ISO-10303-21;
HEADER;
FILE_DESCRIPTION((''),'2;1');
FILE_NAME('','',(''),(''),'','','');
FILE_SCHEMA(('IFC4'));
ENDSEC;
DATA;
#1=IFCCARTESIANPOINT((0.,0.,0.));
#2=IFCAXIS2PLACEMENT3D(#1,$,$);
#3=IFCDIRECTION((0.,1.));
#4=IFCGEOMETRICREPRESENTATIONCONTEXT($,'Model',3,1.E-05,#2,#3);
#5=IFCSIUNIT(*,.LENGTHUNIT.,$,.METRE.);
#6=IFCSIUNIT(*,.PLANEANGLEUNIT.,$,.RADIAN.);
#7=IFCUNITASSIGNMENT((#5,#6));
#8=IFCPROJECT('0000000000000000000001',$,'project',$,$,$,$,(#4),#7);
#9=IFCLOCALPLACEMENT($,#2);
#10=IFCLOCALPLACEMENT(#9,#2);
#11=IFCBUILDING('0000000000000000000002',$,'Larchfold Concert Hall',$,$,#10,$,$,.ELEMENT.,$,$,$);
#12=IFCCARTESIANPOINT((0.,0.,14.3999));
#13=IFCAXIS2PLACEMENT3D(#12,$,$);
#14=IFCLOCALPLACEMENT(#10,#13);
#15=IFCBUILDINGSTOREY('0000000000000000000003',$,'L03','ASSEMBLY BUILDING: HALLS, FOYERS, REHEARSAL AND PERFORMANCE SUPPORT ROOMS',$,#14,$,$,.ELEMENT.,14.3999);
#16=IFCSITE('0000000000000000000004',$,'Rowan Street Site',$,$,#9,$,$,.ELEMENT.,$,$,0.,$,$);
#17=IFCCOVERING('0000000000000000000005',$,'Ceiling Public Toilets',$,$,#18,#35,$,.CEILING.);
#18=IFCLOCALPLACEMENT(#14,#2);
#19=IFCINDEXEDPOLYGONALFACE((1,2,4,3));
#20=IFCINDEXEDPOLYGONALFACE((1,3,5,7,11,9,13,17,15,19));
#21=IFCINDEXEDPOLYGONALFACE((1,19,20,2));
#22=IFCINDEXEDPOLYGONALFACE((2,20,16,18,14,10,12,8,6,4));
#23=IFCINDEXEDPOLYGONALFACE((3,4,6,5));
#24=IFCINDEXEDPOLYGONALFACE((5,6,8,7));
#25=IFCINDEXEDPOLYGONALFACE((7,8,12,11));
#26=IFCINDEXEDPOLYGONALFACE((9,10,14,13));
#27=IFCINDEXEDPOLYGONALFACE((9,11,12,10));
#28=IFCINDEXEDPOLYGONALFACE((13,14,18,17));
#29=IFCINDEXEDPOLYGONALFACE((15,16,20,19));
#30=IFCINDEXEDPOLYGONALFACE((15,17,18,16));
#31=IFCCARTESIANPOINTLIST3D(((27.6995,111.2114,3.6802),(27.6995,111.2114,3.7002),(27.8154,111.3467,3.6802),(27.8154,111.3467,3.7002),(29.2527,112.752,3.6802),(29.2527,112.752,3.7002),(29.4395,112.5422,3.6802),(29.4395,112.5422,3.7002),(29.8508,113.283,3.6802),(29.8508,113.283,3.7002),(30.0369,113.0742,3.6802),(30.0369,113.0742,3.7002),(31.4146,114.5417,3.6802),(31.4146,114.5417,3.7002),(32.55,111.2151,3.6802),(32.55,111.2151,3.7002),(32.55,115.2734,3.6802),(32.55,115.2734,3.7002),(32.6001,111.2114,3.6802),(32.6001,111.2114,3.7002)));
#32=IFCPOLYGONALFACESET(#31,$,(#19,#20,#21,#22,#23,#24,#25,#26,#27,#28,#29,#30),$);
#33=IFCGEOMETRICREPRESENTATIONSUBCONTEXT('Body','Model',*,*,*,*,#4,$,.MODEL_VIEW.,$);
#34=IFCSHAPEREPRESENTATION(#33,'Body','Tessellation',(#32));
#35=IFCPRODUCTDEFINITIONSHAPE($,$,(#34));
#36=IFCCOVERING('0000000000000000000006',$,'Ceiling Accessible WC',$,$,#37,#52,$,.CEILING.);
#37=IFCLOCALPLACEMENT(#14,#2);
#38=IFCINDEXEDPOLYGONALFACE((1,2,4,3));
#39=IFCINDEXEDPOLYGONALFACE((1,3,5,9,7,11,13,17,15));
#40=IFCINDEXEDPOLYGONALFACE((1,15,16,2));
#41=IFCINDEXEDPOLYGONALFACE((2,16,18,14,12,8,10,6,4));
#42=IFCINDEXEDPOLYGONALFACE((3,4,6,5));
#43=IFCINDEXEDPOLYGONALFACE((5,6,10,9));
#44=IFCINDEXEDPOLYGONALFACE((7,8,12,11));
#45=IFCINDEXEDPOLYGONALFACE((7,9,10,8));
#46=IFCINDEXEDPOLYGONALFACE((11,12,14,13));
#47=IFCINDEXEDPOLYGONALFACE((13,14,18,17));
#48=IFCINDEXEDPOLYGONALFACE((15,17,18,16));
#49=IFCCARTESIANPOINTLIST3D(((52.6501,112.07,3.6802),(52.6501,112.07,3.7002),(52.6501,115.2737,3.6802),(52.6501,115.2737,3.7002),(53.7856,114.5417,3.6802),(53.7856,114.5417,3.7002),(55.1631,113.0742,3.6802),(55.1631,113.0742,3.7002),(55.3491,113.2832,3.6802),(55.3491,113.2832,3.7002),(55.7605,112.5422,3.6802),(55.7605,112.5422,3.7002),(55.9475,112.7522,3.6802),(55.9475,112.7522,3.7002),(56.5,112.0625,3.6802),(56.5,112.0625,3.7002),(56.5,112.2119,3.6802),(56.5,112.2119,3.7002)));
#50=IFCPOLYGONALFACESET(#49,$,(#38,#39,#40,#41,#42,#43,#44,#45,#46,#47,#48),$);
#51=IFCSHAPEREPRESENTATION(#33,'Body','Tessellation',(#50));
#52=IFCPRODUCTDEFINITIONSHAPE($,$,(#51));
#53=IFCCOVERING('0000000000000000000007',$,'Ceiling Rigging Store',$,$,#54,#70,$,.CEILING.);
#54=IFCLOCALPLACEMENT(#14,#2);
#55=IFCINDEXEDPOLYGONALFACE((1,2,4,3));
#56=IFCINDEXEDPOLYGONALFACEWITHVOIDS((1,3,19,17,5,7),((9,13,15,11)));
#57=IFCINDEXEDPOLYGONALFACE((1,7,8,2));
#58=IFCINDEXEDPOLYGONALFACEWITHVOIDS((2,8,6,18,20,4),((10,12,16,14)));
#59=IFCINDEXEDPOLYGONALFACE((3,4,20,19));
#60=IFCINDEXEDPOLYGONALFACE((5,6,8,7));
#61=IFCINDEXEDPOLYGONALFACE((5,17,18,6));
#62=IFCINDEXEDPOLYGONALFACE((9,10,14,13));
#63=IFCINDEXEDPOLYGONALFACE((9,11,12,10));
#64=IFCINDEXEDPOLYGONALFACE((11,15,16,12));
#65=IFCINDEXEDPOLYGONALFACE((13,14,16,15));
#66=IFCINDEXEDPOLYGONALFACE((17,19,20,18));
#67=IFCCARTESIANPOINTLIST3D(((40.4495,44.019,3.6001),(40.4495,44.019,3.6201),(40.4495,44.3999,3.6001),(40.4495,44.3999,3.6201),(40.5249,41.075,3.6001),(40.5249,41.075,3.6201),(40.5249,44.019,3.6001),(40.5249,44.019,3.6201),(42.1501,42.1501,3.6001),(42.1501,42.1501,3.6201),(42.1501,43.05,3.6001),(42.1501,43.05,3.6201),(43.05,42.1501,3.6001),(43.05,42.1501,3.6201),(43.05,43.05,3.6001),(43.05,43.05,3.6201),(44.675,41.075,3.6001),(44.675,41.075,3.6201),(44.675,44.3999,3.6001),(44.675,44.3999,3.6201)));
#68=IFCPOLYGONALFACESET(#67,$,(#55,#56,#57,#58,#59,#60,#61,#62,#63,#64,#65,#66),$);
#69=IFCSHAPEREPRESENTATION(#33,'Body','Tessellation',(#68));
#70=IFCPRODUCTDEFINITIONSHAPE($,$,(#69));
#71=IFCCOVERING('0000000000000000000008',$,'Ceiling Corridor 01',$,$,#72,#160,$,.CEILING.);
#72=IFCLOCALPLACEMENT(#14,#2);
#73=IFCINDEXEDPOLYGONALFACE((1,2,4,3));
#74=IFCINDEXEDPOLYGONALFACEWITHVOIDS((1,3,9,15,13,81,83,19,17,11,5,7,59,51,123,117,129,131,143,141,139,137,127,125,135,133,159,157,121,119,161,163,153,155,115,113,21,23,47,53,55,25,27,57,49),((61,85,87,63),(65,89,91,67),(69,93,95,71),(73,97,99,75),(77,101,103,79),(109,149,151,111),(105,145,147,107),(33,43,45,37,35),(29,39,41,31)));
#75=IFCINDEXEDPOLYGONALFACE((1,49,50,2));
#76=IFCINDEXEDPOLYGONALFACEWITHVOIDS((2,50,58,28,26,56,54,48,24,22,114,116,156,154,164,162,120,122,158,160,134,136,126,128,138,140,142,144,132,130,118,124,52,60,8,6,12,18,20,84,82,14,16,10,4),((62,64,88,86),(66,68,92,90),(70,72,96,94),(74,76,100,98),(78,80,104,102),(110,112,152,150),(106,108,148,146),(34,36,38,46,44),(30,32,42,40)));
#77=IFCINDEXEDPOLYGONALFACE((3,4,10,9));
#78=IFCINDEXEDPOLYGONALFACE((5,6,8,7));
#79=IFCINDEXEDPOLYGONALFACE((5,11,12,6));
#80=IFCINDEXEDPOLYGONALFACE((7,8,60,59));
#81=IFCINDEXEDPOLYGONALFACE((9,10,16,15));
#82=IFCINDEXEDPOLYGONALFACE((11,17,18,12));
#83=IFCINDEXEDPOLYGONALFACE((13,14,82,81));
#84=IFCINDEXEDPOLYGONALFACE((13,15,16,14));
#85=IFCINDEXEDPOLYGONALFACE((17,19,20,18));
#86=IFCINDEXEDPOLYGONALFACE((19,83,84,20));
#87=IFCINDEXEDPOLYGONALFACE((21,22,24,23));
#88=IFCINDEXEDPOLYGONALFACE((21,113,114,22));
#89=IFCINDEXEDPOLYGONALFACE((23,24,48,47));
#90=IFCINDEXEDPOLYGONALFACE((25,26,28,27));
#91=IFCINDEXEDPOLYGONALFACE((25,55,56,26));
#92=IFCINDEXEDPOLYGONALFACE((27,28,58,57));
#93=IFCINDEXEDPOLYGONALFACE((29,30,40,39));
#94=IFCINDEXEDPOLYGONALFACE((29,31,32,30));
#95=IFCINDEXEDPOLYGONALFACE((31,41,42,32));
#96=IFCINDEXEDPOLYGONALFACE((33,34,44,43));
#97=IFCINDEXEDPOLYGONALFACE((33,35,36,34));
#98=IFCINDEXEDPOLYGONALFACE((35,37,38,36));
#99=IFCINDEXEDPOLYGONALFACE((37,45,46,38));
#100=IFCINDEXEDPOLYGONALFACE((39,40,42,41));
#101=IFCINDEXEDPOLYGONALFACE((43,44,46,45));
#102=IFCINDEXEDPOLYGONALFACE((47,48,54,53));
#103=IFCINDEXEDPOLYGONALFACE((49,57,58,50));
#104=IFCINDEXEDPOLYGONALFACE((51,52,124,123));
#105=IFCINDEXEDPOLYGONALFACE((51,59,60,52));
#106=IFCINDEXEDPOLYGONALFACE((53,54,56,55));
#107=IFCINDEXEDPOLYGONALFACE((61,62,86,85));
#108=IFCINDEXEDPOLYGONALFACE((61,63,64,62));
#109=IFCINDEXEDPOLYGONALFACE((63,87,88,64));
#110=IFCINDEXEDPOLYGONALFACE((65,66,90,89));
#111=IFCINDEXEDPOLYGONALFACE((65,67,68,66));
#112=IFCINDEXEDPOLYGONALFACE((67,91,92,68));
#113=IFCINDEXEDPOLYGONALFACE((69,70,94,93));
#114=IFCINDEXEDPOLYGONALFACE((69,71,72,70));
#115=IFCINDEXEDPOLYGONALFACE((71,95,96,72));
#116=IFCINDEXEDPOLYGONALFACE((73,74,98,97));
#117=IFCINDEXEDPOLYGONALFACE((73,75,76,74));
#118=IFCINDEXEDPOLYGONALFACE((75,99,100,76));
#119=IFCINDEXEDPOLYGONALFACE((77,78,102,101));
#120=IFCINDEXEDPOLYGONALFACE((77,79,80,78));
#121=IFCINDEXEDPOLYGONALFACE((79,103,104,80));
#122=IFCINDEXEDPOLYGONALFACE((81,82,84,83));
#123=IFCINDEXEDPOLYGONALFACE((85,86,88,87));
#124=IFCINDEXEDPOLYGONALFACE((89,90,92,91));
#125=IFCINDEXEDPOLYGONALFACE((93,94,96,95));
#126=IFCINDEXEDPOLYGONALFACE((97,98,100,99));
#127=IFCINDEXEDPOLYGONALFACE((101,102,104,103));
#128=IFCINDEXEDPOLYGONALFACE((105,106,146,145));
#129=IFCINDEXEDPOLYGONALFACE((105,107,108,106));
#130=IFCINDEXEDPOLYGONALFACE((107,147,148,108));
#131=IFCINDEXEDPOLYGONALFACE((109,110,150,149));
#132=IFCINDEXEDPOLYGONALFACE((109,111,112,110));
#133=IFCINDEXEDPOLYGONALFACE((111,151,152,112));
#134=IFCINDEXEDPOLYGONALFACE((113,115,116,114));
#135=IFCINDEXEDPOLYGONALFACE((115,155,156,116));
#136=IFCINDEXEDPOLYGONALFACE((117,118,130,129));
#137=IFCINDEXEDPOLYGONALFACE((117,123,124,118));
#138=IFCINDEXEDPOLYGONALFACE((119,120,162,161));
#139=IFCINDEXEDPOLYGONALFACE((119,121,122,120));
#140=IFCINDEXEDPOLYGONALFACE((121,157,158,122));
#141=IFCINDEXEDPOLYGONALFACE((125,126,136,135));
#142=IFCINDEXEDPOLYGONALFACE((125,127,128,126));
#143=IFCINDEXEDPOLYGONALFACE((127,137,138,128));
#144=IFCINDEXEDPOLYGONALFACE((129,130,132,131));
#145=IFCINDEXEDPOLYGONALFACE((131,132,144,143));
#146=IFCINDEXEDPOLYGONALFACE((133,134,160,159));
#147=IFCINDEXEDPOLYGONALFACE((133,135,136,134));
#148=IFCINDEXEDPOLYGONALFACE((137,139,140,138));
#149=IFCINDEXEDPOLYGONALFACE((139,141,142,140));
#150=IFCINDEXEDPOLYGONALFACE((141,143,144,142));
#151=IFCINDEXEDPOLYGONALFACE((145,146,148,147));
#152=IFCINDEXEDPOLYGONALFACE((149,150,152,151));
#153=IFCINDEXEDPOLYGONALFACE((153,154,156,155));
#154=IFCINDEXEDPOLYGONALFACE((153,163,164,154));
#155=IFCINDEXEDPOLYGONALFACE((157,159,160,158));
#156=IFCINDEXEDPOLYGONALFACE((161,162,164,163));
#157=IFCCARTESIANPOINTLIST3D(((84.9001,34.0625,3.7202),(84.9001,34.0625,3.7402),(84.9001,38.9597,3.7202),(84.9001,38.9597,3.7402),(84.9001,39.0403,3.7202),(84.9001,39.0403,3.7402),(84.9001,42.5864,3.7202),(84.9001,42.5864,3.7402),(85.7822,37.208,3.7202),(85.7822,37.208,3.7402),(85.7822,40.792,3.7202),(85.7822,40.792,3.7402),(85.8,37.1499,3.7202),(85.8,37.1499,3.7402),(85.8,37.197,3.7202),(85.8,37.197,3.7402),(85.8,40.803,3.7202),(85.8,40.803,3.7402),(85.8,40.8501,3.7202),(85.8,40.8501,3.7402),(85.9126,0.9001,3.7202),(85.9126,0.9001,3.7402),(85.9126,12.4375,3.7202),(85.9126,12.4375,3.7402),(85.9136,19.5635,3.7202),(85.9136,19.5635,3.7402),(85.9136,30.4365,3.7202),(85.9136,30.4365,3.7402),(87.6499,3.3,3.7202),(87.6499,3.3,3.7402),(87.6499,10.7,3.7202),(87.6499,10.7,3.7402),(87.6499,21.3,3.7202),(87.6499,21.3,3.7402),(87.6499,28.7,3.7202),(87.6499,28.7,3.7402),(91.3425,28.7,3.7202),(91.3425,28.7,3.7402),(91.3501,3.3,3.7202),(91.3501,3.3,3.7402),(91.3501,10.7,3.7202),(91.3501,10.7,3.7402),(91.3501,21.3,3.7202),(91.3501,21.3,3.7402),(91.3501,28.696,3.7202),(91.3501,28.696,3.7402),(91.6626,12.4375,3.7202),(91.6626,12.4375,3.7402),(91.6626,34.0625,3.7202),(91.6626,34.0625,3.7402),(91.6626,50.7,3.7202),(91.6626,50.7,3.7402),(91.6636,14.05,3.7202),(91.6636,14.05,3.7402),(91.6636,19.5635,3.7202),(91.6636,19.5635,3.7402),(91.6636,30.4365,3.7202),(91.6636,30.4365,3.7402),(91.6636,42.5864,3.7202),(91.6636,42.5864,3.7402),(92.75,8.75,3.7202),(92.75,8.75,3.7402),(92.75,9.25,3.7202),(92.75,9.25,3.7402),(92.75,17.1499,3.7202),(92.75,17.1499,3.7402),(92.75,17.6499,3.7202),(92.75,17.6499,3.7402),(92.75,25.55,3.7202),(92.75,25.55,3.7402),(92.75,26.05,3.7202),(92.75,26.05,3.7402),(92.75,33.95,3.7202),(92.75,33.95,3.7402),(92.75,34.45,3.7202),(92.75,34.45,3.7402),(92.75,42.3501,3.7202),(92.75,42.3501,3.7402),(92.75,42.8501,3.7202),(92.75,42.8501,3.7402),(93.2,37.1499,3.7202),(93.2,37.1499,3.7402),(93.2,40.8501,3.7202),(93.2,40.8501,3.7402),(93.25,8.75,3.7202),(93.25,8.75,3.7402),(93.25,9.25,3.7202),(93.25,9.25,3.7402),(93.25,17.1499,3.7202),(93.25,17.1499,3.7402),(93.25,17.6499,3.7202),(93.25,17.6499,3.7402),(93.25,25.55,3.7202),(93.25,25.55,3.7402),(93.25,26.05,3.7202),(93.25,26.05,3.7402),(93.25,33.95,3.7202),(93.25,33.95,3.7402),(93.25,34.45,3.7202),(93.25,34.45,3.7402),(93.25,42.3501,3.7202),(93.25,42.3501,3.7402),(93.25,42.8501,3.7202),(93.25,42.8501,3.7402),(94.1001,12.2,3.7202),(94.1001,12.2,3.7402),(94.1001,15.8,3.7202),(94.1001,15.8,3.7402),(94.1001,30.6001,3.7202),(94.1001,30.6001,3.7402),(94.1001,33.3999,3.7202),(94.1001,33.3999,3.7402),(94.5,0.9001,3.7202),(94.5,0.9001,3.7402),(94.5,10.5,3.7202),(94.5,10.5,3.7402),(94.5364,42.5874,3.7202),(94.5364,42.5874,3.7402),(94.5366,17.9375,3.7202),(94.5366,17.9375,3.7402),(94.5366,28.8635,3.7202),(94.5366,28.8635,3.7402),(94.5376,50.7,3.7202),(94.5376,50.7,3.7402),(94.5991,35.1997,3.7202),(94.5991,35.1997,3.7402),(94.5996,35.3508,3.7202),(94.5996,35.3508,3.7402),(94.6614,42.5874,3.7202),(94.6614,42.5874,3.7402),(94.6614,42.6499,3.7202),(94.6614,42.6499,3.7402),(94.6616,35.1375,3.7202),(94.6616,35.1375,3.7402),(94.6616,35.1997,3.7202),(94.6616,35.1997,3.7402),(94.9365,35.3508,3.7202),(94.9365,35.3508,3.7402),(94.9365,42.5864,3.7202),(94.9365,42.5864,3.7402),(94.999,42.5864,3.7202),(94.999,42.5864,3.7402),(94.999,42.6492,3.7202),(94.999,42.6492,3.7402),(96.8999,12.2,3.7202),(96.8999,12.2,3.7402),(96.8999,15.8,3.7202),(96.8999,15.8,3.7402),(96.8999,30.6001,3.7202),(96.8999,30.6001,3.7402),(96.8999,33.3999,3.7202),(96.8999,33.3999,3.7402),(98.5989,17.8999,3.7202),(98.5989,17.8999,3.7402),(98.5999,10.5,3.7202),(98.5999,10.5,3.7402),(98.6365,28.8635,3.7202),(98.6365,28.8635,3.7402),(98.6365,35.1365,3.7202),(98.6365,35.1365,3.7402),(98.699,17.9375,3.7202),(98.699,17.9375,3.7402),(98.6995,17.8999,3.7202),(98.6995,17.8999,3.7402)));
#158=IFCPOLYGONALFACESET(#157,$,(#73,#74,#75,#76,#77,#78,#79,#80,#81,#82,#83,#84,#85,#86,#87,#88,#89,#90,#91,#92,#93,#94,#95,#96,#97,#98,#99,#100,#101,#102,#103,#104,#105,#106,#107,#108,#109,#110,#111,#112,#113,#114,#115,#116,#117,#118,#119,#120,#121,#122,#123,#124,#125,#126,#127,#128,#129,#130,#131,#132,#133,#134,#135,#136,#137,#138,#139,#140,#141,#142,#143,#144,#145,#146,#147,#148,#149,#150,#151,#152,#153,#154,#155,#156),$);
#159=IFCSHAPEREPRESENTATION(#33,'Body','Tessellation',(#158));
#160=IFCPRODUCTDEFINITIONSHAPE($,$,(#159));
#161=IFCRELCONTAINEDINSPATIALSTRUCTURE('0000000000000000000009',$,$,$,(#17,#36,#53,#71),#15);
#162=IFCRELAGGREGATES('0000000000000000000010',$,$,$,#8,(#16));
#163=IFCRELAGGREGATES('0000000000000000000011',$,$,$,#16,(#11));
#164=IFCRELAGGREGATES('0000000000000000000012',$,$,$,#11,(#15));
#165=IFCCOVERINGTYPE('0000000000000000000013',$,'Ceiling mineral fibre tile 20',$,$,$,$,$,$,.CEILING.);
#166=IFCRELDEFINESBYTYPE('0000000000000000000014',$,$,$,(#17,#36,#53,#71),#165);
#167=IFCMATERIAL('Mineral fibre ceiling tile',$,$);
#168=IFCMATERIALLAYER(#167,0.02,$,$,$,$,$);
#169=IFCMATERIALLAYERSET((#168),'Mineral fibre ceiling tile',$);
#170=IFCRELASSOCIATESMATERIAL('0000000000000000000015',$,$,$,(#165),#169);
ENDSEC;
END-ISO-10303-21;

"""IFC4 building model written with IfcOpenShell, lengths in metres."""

from ifc_helpers import new_model, si_unit, direction, frame, origin, place, context, subcontext, project, spatial, polyline, outline, extrude, material, layer, layer_set, type_object, element, save


model = new_model("IFC4")

# Units and contexts
model_context = context("Model", 3, precision=1e-05, world=origin(), true_north=direction((0.0, 1.0)))
body_context = subcontext(model_context, "Body", "Model", "MODEL_VIEW")
ifc_project = project(units=[si_unit("LENGTHUNIT", "METRE"), si_unit("PLANEANGLEUNIT", "RADIAN")], contexts=[model_context])

# Site, building, storey
site_placement = place(None, origin())
site = spatial("IfcSite", under=ifc_project, at=site_placement, Name="Rowan Street Site", CompositionType="ELEMENT", RefElevation=0.0)
building_placement = place(site_placement, origin())
building = spatial("IfcBuilding", under=site, at=building_placement, Name="Larchfold Concert Hall", CompositionType="ELEMENT")
storey_placement = place(building_placement, frame((0.0, 0.0, 14.3999)))
storey = spatial("IfcBuildingStorey", under=building, at=storey_placement, Name="L03", Description="ASSEMBLY BUILDING: HALLS, FOYERS, REHEARSAL AND PERFORMANCE SUPPORT ROOMS", CompositionType="ELEMENT", Elevation=14.3999)

# Coverings
ifc_material_1 = material(Name="Mineral fibre ceiling tile")
ifc_layer_1 = layer(ifc_material_1, 0.02)
ifc_layer_set_1 = layer_set([ifc_layer_1], Name="Mineral fibre ceiling tile")
covering_type_1 = type_object("IfcCoveringType", Name="Ceiling mineral fibre tile 20", PredefinedType="CEILING", material=ifc_layer_set_1)
covering_1_placement = place(storey_placement, frame((0.0, 0.0, 3.6802)))
element("IfcCovering", 1, at=covering_1_placement, inside=storey, type_object=covering_type_1, Name="Ceiling Public Toilets", PredefinedType="CEILING", context=body_context, shape_type="SweptSolid", body=[
    extrude(outline(polyline([(27.8154, 111.3467), (27.6995, 111.2114), (32.6001, 111.2114), (32.55, 111.2151), (32.55, 115.2734), (31.4146, 114.5417), (29.8508, 113.283), (30.0369, 113.0742), (29.4395, 112.5422), (29.2527, 112.752), (27.8154, 111.3467)])), origin(), (0.0, 0.0, 1.0), 0.02),
])
covering_2_placement = place(storey_placement, frame((0.0, 0.0, 3.6802)))
element("IfcCovering", 2, at=covering_2_placement, inside=storey, type_object=covering_type_1, Name="Ceiling Accessible WC", PredefinedType="CEILING", context=body_context, shape_type="SweptSolid", body=[
    extrude(outline(polyline([(52.6001, 112.0701), (56.5, 112.0625), (56.5, 112.2119), (55.9475, 112.7522), (55.7605, 112.5422), (55.1631, 113.0742), (55.3491, 113.2832), (53.7856, 114.5417), (52.6501, 115.2737), (52.6501, 112.0701), (52.6001, 112.0701)])), origin(), (0.0, 0.0, 1.0), 0.02),
])
covering_3_placement = place(storey_placement, frame((0.0, 0.0, 3.6001)))
element("IfcCovering", 3, at=covering_3_placement, inside=storey, type_object=covering_type_1, Name="Ceiling Rigging Store", PredefinedType="CEILING", context=body_context, shape_type="SweptSolid", body=[
    extrude(outline(polyline([(40.4495, 44.3999), (40.4495, 44.019), (40.5249, 44.019), (40.5249, 41.075), (44.675, 41.075), (44.675, 44.3999), (40.4495, 44.3999)]), holes=[polyline([(43.05, 43.05), (43.05, 42.1501), (42.1501, 42.1501), (42.1501, 43.05), (43.05, 43.05)])]), origin(), (0.0, 0.0, 1.0), 0.02),
])
covering_4_placement = place(storey_placement, frame((0.0, 0.0, 3.7202)))
element("IfcCovering", 4, at=covering_4_placement, inside=storey, type_object=covering_type_1, Name="Ceiling Corridor 01", PredefinedType="CEILING", context=body_context, shape_type="SweptSolid", body=[
    extrude(outline(polyline([(85.7822, 37.208), (84.9001, 38.9597), (84.9001, 34.0625), (91.6626, 34.0625), (91.6636, 30.4365), (85.9136, 30.4365), (85.9136, 19.5635), (91.6636, 19.5635), (91.6636, 14.05), (91.6626, 12.4375), (85.9126, 12.4375), (85.9126, 0.9001), (94.5, 0.9001), (94.5, 10.5), (98.5999, 10.5), (98.5989, 17.8999), (98.6995, 17.8999), (98.699, 17.9375), (94.5366, 17.9375), (94.5366, 28.8635), (98.6365, 28.8635), (98.6365, 35.1365), (98.699, 35.1365), (94.6616, 35.1375), (94.6616, 35.1997), (94.5991, 35.1997), (94.5996, 35.3508), (94.9365, 35.3508), (94.9365, 42.5864), (94.999, 42.5864), (94.999, 42.6492), (94.6614, 42.6499), (94.6614, 42.5874), (94.5364, 42.5874), (94.5376, 50.7), (91.6626, 50.7), (91.6636, 42.5864), (84.9001, 42.5864), (84.9001, 39.0403), (85.7822, 40.792), (85.8, 40.803), (85.8, 40.8501), (93.2, 40.8501), (93.2, 37.1499), (85.8, 37.1499), (85.8, 37.197), (85.7822, 37.208)]), holes=[polyline([(94.1001, 12.2), (94.1001, 15.8), (96.8999, 15.8), (96.8999, 12.2), (94.1001, 12.2)]), polyline([(94.1001, 30.6001), (94.1001, 33.3999), (96.8999, 33.3999), (96.8999, 30.6001), (94.1001, 30.6001)]), polyline([(92.75, 9.25), (93.25, 9.25), (93.25, 8.75), (92.75, 8.75), (92.75, 9.25)]), polyline([(92.75, 26.05), (93.25, 26.05), (93.25, 25.55), (92.75, 25.55), (92.75, 26.05)]), polyline([(93.25, 17.6499), (93.25, 17.1499), (92.75, 17.1499), (92.75, 17.6499), (93.25, 17.6499)]), polyline([(93.25, 33.95), (92.75, 33.95), (92.75, 34.45), (93.25, 34.45), (93.25, 33.95)]), polyline([(93.25, 42.8501), (93.25, 42.3501), (92.75, 42.3501), (92.75, 42.8501), (93.25, 42.8501)]), polyline([(91.3501, 3.3), (87.6499, 3.3), (87.6499, 10.7), (91.3501, 10.7), (91.3501, 3.3)]), polyline([(91.3501, 21.3), (87.6499, 21.3), (87.6499, 28.7), (91.3425, 28.7), (91.3501, 28.696), (91.3501, 21.3)])]), origin(), (0.0, 0.0, 1.0), 0.02),
])

save(model, "model.ifc")
